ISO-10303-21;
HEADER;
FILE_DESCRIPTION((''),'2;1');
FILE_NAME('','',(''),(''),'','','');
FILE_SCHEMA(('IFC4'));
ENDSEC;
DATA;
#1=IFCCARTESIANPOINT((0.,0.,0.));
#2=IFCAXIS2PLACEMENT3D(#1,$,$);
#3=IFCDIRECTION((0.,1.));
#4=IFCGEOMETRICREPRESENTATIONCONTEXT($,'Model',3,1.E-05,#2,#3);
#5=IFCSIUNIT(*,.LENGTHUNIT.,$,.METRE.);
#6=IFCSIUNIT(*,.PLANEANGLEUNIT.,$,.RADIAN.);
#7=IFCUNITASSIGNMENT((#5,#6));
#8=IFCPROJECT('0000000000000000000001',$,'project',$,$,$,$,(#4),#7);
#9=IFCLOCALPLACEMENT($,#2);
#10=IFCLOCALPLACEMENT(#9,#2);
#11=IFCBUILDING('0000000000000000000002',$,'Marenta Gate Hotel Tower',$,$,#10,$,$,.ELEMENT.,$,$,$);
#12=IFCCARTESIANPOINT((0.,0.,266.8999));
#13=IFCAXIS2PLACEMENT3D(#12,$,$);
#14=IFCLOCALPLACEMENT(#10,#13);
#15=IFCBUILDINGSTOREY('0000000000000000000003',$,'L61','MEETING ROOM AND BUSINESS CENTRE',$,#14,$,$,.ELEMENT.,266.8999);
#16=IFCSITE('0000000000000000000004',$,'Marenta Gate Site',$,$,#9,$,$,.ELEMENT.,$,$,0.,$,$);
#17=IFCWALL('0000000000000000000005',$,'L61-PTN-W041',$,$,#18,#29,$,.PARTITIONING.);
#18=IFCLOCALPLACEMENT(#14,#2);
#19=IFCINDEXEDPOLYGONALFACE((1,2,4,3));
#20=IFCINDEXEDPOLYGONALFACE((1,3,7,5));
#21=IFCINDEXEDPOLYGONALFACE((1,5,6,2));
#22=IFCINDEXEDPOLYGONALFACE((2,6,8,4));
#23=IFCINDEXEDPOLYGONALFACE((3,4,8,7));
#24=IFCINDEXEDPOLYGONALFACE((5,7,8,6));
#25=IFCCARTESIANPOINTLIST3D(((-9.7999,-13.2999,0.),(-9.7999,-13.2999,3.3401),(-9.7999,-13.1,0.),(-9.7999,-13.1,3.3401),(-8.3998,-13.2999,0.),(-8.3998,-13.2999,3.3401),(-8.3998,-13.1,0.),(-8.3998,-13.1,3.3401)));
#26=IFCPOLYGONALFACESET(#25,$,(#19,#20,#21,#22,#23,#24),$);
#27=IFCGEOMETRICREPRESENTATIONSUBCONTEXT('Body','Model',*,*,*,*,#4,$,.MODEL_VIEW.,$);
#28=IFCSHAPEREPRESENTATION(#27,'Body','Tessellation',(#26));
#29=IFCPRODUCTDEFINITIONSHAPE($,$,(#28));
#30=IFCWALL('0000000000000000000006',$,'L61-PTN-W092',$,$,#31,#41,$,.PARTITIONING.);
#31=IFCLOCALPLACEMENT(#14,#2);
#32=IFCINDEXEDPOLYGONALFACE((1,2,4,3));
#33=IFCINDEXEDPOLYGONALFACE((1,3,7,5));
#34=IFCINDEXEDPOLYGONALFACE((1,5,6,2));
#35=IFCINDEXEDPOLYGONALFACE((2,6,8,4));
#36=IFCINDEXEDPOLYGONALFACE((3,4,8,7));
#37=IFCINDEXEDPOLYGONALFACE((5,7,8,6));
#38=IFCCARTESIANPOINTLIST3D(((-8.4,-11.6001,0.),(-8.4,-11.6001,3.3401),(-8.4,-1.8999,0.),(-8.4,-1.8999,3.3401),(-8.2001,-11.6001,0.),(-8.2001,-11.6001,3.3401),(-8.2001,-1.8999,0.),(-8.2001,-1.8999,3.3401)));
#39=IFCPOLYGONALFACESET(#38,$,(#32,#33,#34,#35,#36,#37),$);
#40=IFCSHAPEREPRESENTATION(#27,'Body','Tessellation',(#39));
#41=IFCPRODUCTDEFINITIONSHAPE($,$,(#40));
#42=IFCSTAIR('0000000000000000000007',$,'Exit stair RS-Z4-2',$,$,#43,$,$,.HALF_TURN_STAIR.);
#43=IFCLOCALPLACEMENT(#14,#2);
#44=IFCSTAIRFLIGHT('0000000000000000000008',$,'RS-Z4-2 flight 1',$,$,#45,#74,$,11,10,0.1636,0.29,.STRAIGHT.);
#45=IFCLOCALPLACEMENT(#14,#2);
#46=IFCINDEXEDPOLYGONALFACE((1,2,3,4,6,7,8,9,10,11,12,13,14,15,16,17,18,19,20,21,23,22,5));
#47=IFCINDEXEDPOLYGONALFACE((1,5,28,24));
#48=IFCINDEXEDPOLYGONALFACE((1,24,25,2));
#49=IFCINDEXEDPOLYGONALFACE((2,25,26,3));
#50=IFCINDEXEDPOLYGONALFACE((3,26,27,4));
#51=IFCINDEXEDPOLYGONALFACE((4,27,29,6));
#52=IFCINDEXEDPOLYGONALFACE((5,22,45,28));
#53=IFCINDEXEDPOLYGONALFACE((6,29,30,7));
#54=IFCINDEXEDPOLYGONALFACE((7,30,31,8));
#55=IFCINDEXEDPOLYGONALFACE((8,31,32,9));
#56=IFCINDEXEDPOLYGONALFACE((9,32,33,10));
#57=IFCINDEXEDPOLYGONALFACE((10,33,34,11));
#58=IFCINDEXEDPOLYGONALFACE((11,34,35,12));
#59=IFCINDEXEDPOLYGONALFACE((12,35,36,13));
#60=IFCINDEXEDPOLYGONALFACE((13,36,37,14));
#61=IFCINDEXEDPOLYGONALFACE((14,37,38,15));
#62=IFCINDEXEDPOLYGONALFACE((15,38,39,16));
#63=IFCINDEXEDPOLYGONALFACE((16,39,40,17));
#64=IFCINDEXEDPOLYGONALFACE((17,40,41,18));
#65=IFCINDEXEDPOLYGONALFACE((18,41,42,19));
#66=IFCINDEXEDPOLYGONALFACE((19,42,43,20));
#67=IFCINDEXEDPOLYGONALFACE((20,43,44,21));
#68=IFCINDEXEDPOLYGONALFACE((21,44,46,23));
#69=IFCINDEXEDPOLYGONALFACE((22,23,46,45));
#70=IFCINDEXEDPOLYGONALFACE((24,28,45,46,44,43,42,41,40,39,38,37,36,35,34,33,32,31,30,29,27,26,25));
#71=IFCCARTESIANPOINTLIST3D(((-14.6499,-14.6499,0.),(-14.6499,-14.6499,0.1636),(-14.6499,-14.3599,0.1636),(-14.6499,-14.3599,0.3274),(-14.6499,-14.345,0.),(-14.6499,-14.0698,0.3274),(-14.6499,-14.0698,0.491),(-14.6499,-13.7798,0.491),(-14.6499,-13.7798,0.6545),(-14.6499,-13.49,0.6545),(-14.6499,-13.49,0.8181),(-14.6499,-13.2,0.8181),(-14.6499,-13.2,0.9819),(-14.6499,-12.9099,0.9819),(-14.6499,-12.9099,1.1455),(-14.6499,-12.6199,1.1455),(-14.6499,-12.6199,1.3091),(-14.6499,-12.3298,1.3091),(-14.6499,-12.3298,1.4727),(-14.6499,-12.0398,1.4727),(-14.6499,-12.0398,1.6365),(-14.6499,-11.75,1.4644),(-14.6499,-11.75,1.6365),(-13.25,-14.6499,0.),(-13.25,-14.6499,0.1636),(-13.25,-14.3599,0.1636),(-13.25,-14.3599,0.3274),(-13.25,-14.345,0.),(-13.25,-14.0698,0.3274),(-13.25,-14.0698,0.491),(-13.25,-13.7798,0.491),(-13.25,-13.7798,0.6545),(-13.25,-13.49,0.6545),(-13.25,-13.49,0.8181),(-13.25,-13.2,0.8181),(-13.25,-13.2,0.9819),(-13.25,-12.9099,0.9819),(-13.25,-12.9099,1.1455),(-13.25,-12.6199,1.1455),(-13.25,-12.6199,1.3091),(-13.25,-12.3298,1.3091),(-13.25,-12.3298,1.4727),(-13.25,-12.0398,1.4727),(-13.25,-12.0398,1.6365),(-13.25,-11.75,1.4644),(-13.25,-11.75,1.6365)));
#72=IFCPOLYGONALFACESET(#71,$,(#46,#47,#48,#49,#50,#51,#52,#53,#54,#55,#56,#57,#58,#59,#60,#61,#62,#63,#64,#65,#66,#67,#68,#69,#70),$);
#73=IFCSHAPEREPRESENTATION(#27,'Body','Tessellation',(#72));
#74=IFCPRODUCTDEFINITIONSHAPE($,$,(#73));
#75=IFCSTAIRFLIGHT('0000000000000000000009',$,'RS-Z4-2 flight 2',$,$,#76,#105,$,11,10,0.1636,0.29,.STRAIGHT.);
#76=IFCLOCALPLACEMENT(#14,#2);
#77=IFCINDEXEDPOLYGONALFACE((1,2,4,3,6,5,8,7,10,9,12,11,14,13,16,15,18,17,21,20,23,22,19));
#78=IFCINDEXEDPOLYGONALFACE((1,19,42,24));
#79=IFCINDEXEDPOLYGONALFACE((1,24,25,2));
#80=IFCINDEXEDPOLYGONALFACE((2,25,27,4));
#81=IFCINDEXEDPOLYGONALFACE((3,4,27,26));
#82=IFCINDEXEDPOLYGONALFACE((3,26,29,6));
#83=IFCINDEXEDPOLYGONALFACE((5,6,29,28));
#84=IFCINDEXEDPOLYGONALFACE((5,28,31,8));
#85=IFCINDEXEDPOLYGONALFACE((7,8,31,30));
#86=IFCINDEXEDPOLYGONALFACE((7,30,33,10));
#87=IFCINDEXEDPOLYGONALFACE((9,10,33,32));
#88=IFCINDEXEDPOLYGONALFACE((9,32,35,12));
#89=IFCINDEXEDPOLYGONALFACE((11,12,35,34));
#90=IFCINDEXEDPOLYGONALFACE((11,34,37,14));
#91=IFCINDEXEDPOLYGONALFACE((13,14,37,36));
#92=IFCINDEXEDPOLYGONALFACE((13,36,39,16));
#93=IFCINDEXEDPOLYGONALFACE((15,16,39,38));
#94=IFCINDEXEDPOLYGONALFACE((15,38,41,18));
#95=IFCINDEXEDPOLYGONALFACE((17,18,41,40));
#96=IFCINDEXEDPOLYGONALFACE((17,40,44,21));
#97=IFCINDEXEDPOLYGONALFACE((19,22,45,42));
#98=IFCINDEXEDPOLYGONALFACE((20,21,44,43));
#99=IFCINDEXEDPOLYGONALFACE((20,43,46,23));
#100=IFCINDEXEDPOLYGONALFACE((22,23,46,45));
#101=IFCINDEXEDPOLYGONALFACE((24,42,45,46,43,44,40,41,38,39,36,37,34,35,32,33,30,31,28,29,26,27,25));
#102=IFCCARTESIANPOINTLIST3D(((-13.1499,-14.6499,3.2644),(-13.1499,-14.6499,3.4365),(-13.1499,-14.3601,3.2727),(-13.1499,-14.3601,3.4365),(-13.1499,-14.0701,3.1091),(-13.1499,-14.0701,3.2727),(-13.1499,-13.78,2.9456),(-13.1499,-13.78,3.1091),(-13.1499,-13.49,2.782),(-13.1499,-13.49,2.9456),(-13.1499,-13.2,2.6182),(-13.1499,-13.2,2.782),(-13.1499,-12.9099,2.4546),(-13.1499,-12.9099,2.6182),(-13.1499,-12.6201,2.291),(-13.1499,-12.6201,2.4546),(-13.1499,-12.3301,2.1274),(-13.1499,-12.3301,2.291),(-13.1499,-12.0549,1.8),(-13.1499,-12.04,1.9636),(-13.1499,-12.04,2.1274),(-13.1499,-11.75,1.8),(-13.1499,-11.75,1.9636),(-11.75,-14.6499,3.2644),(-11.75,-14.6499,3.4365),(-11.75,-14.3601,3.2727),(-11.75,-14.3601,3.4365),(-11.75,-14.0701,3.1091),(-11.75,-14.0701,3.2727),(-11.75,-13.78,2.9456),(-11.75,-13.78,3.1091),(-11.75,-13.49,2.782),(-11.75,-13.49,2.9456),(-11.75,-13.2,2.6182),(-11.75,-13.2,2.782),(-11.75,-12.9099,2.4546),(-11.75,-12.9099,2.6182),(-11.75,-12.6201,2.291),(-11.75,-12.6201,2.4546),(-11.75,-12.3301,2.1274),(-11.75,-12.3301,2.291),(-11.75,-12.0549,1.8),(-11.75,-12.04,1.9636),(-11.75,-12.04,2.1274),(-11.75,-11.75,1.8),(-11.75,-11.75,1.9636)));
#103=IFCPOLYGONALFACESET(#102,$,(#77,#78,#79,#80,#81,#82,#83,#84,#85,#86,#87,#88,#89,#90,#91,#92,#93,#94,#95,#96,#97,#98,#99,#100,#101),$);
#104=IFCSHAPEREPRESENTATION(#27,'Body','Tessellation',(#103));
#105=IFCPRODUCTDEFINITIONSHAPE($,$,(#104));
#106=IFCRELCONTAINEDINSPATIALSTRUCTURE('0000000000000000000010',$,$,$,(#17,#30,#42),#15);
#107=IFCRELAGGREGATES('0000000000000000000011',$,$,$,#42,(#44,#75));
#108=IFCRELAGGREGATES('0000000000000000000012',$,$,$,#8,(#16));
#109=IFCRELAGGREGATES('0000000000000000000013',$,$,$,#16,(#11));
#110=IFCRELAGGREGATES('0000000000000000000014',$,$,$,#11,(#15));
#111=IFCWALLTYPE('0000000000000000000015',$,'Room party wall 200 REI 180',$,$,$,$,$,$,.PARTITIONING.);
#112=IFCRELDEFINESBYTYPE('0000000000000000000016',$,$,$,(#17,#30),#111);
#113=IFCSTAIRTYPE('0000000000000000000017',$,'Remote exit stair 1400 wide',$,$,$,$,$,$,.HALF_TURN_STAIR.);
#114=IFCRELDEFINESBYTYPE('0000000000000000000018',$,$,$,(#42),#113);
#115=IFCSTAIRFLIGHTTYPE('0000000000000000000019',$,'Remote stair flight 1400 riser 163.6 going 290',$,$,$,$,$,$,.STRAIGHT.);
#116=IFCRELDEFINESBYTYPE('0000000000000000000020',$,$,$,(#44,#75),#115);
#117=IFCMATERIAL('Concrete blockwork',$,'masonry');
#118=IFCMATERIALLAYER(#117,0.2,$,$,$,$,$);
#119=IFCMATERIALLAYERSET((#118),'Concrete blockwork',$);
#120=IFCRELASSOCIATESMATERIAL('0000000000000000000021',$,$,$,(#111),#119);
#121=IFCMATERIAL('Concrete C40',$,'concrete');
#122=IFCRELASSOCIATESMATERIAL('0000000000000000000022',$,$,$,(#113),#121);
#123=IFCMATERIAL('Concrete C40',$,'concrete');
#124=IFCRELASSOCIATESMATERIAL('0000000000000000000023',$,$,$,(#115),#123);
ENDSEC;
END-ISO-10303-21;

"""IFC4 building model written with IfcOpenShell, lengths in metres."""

from ifc_helpers import new_model, si_unit, direction, frame, frame_2d, origin, place, context, subcontext, project, spatial, polyline, rectangle, outline, extrude, material, layer, layer_set, type_object, element, aggregate, save


model = new_model("IFC4")

# Units and contexts
model_context = context("Model", 3, precision=1e-05, world=origin(), true_north=direction((0.0, 1.0)))
body_context = subcontext(model_context, "Body", "Model", "MODEL_VIEW")
ifc_project = project(units=[si_unit("LENGTHUNIT", "METRE"), si_unit("PLANEANGLEUNIT", "RADIAN")], contexts=[model_context])

# Site, building, storey
site_placement = place(None, origin())
site = spatial("IfcSite", under=ifc_project, at=site_placement, Name="Marenta Gate Site", CompositionType="ELEMENT", RefElevation=0.0)
building_placement = place(site_placement, origin())
building = spatial("IfcBuilding", under=site, at=building_placement, Name="Marenta Gate Hotel Tower", CompositionType="ELEMENT")
storey_placement = place(building_placement, frame((0.0, 0.0, 266.8999)))
storey = spatial("IfcBuildingStorey", under=building, at=storey_placement, Name="L61", Description="MEETING ROOM AND BUSINESS CENTRE", CompositionType="ELEMENT", Elevation=266.8999)

# Walls
ifc_material_1 = material(Name="Concrete blockwork", Category="masonry")
ifc_layer_1 = layer(ifc_material_1, 0.2)
ifc_layer_set_1 = layer_set([ifc_layer_1], Name="Concrete blockwork")
wall_type_1 = type_object("IfcWallType", Name="Room party wall 200 REI 180", PredefinedType="PARTITIONING", material=ifc_layer_set_1)
wall_1_placement = place(storey_placement, frame((-9.8, -13.2, 0.0), z_axis=(0.0, 0.0, 1.0), x_axis=(1.0, 0.0, 0.0)))
element("IfcWall", 1, at=wall_1_placement, inside=storey, type_object=wall_type_1, Name="L61-PTN-W041", PredefinedType="PARTITIONING", context=body_context, shape_type="SweptSolid", body=[
    extrude(rectangle(XDim=1.4001, YDim=0.2, at=frame_2d((0.7002, 0.0))), origin(), (0.0, 0.0, 1.0), 3.3401),
])
wall_2_placement = place(storey_placement, frame((-8.3, -11.6001, 0.0), z_axis=(0.0, 0.0, 1.0), x_axis=(0.0, 1.0, 0.0)))
element("IfcWall", 2, at=wall_2_placement, inside=storey, type_object=wall_type_1, Name="L61-PTN-W092", PredefinedType="PARTITIONING", context=body_context, shape_type="SweptSolid", body=[
    extrude(rectangle(XDim=9.7002, YDim=0.2, at=frame_2d((4.8501, 0.0))), origin(), (0.0, 0.0, 1.0), 3.3401),
])

# Stair, stair flights
ifc_material_2 = material(Name="Concrete C40", Category="concrete")
stair_type = type_object("IfcStairType", Name="Remote exit stair 1400 wide", PredefinedType="HALF_TURN_STAIR", material=ifc_material_2)
stair_placement = place(storey_placement, origin())
stair = element("IfcStair", 3, at=stair_placement, inside=storey, type_object=stair_type, Name="Exit stair RS-Z4-2", PredefinedType="HALF_TURN_STAIR")
ifc_material_3 = material(Name="Concrete C40", Category="concrete")
stair_flight_type = type_object("IfcStairFlightType", Name="Remote stair flight 1400 riser 163.6 going 290", PredefinedType="STRAIGHT", material=ifc_material_3)
stair_flight_1_placement = place(storey_placement, frame((-13.95, -14.6499, 0.0), z_axis=(0.0, 0.0, 1.0), x_axis=(0.0, 1.0, 0.0)))
stair_flight_1 = element("IfcStairFlight", 4, at=stair_flight_1_placement, type_object=stair_flight_type, Name="RS-Z4-2 flight 1", NumberOfRisers=11, NumberOfTreads=10, PredefinedType="STRAIGHT", RiserHeight=0.1636, TreadLength=0.29, context=body_context, shape_type="SweptSolid", body=[
    extrude(outline(polyline([(0.0, 0.0), (0.0, 0.1636), (0.29, 0.1636), (0.29, 0.3274), (0.5801, 0.3274), (0.5801, 0.491), (0.8701, 0.491), (0.8701, 0.6545), (1.1599, 0.6545), (1.1599, 0.8181), (1.45, 0.8181), (1.45, 0.9819), (1.74, 0.9819), (1.74, 1.1455), (2.03, 1.1455), (2.03, 1.3091), (2.3201, 1.3091), (2.3201, 1.4727), (2.6101, 1.4727), (2.6101, 1.6365), (2.8999, 1.6365), (2.8999, 1.8), (2.8999, 1.4644), (0.3049, 0.0), (0.0, 0.0)])), frame((0.0, 0.7, 0.0), z_axis=(0.0, -1.0, 0.0), x_axis=(1.0, 0.0, 0.0)), (0.0, 0.0, 1.0), 1.3999),
])
stair_flight_2_placement = place(storey_placement, frame((-12.45, -11.75, 1.8), z_axis=(0.0, 0.0, 1.0), x_axis=(0.0, -1.0, 0.0)))
stair_flight_2 = element("IfcStairFlight", 5, at=stair_flight_2_placement, type_object=stair_flight_type, Name="RS-Z4-2 flight 2", NumberOfRisers=11, NumberOfTreads=10, PredefinedType="STRAIGHT", RiserHeight=0.1636, TreadLength=0.29, context=body_context, shape_type="SweptSolid", body=[
    extrude(outline(polyline([(0.0, 0.0), (0.0, 0.1636), (0.29, 0.1636), (0.29, 0.3274), (0.5801, 0.3274), (0.5801, 0.491), (0.8701, 0.491), (0.8701, 0.6545), (1.1599, 0.6545), (1.1599, 0.8181), (1.45, 0.8181), (1.45, 0.9819), (1.74, 0.9819), (1.74, 1.1455), (2.03, 1.1455), (2.03, 1.3091), (2.3201, 1.3091), (2.3201, 1.4727), (2.6101, 1.4727), (2.6101, 1.6365), (2.8999, 1.6365), (2.8999, 1.8), (2.8999, 1.4644), (0.3049, 0.0), (0.0, 0.0)])), frame((0.0, 0.7, 0.0), z_axis=(0.0, -1.0, 0.0), x_axis=(1.0, 0.0, 0.0)), (0.0, 0.0, 1.0), 1.3999),
])
aggregate(stair, [stair_flight_1, stair_flight_2])

save(model, "model.ifc")
